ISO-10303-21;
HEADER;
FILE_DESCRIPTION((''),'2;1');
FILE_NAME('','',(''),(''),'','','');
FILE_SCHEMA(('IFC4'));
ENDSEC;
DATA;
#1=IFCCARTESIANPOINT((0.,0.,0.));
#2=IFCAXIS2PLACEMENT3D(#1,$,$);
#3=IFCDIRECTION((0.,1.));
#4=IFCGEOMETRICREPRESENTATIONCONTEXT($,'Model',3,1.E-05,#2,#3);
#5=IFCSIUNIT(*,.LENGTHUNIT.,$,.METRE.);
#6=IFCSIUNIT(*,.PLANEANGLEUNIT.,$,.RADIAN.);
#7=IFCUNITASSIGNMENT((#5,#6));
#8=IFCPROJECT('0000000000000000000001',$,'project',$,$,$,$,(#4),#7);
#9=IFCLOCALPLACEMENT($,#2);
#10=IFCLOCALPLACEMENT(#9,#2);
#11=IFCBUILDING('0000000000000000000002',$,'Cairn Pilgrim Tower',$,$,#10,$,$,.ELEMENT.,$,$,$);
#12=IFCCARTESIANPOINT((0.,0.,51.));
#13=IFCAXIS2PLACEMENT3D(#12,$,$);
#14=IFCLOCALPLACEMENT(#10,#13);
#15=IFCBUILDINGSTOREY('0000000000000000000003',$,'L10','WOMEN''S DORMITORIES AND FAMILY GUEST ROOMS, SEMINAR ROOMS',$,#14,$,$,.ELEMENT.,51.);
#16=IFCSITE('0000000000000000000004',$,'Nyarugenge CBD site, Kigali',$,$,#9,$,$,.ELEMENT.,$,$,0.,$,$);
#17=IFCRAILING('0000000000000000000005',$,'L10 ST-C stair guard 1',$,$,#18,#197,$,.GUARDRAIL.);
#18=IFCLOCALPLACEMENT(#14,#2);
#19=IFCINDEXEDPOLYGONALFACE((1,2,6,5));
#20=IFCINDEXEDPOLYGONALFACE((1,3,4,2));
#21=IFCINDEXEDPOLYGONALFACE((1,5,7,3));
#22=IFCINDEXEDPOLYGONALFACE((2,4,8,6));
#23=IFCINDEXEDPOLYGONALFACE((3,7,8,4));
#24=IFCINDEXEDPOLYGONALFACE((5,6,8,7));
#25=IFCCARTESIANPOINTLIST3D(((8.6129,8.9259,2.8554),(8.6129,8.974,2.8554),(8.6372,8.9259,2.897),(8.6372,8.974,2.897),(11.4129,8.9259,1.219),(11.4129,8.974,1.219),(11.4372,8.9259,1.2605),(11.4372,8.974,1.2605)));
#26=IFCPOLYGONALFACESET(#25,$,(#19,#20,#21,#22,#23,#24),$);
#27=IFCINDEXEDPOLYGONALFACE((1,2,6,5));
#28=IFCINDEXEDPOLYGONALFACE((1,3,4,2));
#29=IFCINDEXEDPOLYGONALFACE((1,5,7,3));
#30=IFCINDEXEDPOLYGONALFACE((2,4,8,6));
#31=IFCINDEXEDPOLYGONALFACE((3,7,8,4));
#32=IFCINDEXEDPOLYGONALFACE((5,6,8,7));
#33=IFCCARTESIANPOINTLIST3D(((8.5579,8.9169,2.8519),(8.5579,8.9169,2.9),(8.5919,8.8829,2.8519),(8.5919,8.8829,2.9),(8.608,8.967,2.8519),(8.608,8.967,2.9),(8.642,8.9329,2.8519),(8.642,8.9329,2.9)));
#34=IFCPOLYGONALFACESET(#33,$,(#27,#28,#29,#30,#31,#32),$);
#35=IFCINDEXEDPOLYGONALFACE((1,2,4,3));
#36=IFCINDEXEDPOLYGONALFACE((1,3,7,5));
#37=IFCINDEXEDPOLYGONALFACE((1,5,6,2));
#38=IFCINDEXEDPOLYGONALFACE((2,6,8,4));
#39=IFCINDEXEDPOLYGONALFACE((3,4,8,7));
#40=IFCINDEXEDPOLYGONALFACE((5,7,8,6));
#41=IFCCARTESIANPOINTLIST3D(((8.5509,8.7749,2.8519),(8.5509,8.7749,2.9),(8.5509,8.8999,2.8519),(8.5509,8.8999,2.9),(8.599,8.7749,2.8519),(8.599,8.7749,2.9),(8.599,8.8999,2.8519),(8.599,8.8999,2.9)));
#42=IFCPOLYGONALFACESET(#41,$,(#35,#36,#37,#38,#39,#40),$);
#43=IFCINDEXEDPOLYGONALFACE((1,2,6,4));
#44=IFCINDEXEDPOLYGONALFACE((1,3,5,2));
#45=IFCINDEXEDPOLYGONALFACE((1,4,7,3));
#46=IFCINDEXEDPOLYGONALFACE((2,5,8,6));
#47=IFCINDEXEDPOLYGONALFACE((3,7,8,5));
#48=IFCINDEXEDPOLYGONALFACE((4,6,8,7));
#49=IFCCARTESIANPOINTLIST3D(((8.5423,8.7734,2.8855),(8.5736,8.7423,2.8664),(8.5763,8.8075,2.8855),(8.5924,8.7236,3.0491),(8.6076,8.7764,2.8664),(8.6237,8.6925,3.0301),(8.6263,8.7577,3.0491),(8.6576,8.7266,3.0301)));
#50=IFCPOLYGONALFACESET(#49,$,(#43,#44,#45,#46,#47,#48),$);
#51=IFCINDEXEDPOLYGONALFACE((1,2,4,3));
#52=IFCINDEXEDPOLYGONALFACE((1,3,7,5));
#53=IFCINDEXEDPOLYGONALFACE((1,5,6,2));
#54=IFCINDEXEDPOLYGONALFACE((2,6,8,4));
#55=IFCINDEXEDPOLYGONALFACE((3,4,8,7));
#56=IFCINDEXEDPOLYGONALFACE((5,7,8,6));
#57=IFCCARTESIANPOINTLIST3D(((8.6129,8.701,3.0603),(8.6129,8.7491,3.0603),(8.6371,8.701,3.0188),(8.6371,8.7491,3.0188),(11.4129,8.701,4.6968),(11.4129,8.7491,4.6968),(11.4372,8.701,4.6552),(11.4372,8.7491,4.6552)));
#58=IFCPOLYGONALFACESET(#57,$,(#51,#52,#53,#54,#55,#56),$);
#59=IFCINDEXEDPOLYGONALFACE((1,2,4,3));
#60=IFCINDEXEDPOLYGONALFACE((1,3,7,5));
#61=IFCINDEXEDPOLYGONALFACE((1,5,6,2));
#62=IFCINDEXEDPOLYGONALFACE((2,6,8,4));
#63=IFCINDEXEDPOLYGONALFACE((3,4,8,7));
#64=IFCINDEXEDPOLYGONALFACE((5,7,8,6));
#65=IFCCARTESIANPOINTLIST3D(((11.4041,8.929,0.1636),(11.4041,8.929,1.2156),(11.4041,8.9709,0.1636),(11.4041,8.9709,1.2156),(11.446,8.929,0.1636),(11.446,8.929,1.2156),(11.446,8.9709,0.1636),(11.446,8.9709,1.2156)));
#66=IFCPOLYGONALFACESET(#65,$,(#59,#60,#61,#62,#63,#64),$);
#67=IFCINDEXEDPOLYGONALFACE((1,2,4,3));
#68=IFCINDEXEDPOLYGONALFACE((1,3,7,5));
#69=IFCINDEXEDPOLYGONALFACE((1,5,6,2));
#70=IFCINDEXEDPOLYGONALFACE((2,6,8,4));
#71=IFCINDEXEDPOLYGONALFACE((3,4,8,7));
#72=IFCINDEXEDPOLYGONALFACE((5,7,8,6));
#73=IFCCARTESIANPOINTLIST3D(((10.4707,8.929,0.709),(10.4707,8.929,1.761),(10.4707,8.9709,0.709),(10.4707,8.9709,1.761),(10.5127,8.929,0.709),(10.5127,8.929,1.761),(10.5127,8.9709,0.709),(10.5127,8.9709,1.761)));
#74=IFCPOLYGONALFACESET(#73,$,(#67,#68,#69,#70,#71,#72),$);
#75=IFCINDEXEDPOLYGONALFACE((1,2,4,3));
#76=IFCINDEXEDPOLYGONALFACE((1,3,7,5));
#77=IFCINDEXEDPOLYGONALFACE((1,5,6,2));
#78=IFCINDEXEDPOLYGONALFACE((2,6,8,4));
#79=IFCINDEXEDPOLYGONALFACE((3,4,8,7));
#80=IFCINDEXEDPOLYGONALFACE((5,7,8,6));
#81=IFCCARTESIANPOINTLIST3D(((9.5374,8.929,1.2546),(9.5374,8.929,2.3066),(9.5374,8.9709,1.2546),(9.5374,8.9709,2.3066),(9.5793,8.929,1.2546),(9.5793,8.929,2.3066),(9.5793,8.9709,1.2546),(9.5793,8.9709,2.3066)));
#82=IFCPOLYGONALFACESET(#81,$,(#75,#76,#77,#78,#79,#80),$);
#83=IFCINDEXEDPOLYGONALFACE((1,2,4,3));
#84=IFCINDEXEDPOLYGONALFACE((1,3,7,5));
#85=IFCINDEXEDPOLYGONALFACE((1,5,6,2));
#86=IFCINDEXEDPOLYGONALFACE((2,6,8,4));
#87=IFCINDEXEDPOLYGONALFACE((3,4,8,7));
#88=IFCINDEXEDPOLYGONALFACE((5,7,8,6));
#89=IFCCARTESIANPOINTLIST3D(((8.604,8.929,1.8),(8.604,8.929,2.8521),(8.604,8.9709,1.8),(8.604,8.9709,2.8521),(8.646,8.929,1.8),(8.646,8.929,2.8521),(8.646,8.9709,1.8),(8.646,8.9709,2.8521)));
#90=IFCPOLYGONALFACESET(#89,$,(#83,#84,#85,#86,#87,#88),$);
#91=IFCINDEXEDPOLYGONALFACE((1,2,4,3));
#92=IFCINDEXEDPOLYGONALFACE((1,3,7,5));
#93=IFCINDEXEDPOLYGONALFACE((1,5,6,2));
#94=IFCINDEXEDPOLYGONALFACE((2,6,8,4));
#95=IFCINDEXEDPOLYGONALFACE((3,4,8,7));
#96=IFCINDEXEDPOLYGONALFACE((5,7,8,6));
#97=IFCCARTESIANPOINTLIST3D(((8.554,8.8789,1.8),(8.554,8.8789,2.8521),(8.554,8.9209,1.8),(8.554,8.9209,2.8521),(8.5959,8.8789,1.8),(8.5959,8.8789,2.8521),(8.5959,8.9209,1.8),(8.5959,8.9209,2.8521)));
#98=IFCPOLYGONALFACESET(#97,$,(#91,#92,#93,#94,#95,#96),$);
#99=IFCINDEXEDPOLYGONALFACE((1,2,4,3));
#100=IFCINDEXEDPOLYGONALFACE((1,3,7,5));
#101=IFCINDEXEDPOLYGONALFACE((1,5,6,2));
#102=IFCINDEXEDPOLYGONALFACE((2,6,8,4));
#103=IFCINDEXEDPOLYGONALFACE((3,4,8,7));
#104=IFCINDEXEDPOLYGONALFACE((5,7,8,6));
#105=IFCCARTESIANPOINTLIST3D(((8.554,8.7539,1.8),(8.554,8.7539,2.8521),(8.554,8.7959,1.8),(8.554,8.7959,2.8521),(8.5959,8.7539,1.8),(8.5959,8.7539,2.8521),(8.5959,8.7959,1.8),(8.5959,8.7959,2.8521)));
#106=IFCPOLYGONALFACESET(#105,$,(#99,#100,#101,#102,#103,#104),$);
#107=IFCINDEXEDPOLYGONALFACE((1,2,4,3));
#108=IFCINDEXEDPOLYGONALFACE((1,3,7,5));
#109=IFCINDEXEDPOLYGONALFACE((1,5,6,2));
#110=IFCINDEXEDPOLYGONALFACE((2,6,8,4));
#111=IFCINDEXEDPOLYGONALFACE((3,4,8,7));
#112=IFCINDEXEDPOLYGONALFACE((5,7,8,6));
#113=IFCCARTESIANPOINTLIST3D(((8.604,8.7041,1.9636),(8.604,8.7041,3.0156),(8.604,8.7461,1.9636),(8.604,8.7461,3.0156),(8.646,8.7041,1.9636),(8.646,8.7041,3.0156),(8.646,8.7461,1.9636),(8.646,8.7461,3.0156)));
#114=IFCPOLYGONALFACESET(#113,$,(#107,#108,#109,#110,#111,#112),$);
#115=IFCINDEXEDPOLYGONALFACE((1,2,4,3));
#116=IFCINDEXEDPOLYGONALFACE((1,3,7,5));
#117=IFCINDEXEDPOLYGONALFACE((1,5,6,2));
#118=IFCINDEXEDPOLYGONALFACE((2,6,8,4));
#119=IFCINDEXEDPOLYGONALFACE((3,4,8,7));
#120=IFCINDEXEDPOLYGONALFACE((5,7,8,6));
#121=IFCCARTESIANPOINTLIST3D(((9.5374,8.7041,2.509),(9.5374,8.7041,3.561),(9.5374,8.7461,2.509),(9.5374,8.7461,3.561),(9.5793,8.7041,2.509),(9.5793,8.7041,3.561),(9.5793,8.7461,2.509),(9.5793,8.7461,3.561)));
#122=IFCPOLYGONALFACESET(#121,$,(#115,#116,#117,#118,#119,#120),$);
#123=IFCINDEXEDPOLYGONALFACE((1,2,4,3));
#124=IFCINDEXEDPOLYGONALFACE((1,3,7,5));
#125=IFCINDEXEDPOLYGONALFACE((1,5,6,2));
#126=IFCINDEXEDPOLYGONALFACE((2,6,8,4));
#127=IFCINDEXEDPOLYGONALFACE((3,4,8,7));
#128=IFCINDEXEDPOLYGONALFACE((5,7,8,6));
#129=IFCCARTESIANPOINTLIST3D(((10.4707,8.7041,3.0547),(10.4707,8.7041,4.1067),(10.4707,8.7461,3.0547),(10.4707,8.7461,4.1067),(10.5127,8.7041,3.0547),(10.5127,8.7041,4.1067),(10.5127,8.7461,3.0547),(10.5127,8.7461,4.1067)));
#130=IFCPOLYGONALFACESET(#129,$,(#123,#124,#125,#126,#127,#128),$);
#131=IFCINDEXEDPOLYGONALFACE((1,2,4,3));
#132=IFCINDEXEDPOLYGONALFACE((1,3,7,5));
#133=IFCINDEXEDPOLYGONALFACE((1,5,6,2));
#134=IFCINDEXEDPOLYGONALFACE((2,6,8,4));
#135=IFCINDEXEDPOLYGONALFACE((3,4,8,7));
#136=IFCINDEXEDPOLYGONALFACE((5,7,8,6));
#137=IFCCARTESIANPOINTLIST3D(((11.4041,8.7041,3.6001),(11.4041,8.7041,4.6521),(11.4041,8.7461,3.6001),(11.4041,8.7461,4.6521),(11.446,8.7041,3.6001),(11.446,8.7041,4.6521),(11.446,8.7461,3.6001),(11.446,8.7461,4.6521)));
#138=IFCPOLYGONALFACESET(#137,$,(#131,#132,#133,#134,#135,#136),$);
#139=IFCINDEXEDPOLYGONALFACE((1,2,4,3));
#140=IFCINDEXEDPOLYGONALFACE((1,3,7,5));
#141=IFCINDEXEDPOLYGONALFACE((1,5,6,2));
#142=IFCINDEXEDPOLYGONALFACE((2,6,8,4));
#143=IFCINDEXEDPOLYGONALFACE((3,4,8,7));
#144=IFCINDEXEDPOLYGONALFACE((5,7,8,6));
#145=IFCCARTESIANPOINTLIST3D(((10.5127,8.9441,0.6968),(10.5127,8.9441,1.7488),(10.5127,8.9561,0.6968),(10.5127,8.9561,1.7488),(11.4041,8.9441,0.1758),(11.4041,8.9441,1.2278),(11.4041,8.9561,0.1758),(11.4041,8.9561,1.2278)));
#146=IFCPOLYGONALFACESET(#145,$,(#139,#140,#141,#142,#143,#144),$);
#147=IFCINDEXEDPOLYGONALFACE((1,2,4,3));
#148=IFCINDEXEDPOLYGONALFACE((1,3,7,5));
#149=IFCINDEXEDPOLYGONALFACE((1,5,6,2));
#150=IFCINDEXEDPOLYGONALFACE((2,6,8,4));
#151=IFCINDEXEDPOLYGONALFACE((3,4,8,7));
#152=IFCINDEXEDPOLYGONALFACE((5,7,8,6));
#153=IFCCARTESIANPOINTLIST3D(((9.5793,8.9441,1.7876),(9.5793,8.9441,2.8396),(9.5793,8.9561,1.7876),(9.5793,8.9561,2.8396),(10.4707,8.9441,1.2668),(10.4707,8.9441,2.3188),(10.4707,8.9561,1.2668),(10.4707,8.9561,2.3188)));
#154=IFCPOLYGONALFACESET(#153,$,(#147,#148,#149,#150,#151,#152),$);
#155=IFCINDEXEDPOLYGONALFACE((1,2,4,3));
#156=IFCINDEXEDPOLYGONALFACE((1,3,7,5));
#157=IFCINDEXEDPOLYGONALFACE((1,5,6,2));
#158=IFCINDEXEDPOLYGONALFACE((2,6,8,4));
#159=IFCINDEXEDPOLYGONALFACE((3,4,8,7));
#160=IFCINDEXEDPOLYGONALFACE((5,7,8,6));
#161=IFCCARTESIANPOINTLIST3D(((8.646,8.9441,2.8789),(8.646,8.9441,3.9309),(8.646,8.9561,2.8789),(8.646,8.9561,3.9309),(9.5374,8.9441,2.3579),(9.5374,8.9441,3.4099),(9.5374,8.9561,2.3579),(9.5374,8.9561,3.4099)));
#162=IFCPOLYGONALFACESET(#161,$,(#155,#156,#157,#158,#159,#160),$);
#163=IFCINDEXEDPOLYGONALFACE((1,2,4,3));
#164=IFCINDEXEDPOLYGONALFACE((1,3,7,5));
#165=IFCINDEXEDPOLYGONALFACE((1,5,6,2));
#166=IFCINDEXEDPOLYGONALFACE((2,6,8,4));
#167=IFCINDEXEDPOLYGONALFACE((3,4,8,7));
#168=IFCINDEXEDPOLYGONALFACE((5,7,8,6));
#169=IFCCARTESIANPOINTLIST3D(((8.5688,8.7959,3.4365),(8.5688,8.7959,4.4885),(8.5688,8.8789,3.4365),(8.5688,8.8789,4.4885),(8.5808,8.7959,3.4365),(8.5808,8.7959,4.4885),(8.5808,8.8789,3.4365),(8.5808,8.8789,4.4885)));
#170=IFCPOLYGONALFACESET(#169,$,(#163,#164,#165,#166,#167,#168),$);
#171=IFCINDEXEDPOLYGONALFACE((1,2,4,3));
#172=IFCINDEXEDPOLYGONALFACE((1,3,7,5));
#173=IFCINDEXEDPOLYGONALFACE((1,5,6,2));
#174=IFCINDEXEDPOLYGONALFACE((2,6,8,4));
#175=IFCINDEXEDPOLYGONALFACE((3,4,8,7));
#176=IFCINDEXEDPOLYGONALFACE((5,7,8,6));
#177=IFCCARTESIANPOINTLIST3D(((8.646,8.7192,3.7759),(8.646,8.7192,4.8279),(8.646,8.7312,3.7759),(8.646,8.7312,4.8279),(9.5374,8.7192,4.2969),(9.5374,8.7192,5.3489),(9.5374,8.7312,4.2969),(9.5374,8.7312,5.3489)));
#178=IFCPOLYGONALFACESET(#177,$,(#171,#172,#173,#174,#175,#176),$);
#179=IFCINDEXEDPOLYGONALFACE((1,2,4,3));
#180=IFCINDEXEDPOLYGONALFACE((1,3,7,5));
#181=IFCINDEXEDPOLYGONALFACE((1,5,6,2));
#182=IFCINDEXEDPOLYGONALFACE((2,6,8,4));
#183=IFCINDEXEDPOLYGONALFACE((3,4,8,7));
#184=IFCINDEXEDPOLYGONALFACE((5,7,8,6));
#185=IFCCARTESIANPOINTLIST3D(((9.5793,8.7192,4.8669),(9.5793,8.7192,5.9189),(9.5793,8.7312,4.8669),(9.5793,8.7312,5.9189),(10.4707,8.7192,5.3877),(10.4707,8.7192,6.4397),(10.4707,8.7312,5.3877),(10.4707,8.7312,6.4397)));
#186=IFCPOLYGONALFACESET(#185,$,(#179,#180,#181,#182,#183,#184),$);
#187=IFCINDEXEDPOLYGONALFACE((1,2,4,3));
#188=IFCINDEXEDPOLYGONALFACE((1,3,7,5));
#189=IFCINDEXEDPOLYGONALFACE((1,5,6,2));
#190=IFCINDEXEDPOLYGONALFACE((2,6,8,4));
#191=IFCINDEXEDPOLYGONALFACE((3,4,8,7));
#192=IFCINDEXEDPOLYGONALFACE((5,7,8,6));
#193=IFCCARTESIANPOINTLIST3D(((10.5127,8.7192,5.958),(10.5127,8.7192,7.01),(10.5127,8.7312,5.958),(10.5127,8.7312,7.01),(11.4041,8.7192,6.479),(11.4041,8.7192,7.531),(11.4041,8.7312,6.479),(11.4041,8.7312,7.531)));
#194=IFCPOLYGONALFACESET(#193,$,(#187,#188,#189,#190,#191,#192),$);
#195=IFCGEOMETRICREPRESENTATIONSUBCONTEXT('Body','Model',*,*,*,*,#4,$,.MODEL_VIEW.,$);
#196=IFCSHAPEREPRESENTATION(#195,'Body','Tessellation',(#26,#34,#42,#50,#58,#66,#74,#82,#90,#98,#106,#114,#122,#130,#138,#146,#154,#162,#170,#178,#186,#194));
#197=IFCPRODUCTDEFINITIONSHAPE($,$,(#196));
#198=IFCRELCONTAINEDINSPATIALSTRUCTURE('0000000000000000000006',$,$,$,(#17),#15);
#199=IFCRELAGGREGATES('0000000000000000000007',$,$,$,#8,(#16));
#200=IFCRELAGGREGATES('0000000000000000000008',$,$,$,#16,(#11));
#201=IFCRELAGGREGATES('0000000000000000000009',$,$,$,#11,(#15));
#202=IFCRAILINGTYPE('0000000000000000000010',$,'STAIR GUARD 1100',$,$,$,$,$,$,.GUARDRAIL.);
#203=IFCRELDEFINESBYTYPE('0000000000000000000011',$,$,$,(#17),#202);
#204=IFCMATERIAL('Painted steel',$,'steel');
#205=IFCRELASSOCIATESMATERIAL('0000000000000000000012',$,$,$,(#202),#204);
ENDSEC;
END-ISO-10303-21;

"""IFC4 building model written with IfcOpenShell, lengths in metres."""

from ifc_helpers import new_model, si_unit, direction, frame, origin, origin_2d, place, context, subcontext, project, spatial, polyline, rectangle, outline, extrude, material, type_object, element, save


model = new_model("IFC4")

# Units and contexts
model_context = context("Model", 3, precision=1e-05, world=origin(), true_north=direction((0.0, 1.0)))
body_context = subcontext(model_context, "Body", "Model", "MODEL_VIEW")
ifc_project = project(units=[si_unit("LENGTHUNIT", "METRE"), si_unit("PLANEANGLEUNIT", "RADIAN")], contexts=[model_context])

# Site, building, storey
site_placement = place(None, origin())
site = spatial("IfcSite", under=ifc_project, at=site_placement, Name="Nyarugenge CBD site, Kigali", CompositionType="ELEMENT", RefElevation=0.0)
building_placement = place(site_placement, origin())
building = spatial("IfcBuilding", under=site, at=building_placement, Name="Cairn Pilgrim Tower", CompositionType="ELEMENT")
storey_placement = place(building_placement, frame((0.0, 0.0, 51.0)))
storey = spatial("IfcBuildingStorey", under=building, at=storey_placement, Name="L10", Description="WOMEN'S DORMITORIES AND FAMILY GUEST ROOMS, SEMINAR ROOMS", CompositionType="ELEMENT", Elevation=51.0)

# Shared definitions
ifc_material_1 = material(Name="Painted steel", Category="steel")

# Railing
railing_type_1 = type_object("IfcRailingType", Name="STAIR GUARD 1100", PredefinedType="GUARDRAIL", material=ifc_material_1)
railing_1_placement = place(storey_placement, frame((11.425, 8.95, 0.1636)))
element("IfcRailing", 1, at=railing_1_placement, inside=storey, type_object=railing_type_1, Name="L10 ST-C stair guard 1", PredefinedType="GUARDRAIL", context=body_context, shape_type="SweptSolid", body=[
    extrude(rectangle(XDim=0.0481, YDim=0.0481, at=origin_2d()), frame((0.0, 0.0, 1.0762), z_axis=(-0.863361, 0.0, 0.504587), x_axis=(0.0, -1.0, 0.0)), (0.0, 0.0, 1.0), 3.2432),
    extrude(rectangle(XDim=0.0481, YDim=0.0481, at=origin_2d()), frame((-2.8, 0.0, 2.7124), z_axis=(-0.707107, -0.707107, 0.0), x_axis=(0.707107, -0.707107, 0.0)), (0.0, 0.0, 1.0), 0.0708),
    extrude(rectangle(XDim=0.0481, YDim=0.0481, at=origin_2d()), frame((-2.8501, -0.05, 2.7124), z_axis=(0.0, -1.0, 0.0), x_axis=(1.0, 0.0, 0.0)), (0.0, 0.0, 1.0), 0.125),
    extrude(rectangle(XDim=0.0481, YDim=0.0481, at=origin_2d()), frame((-2.8501, -0.175, 2.7124), z_axis=(0.280917, -0.279546, 0.918118), x_axis=(0.705376, 0.708834, 0.0)), (0.0, 0.0, 1.0), 0.1782),
    extrude(rectangle(XDim=0.0481, YDim=0.0481, at=origin_2d()), frame((-2.8, -0.2249, 2.876), z_axis=(0.863361, 0.0, 0.504587), x_axis=(0.0, 1.0, 0.0)), (0.0, 0.0, 1.0), 3.2432),
    extrude(rectangle(XDim=0.042, YDim=0.042, at=origin_2d()), origin(), (0.0, 0.0, 1.0), 1.052),
    extrude(rectangle(XDim=0.042, YDim=0.042, at=origin_2d()), frame((-0.9333, 0.0, 0.5454)), (0.0, 0.0, 1.0), 1.052),
    extrude(rectangle(XDim=0.042, YDim=0.042, at=origin_2d()), frame((-1.8667, 0.0, 1.0911)), (0.0, 0.0, 1.0), 1.052),
    extrude(rectangle(XDim=0.042, YDim=0.042, at=origin_2d()), frame((-2.8, 0.0, 1.6365)), (0.0, 0.0, 1.0), 1.052),
    extrude(rectangle(XDim=0.042, YDim=0.042, at=origin_2d()), frame((-2.8501, -0.05, 1.6365)), (0.0, 0.0, 1.0), 1.052),
    extrude(rectangle(XDim=0.042, YDim=0.042, at=origin_2d()), frame((-2.8501, -0.175, 1.6365)), (0.0, 0.0, 1.0), 1.052),
    extrude(rectangle(XDim=0.042, YDim=0.042, at=origin_2d()), frame((-2.8, -0.2249, 1.8)), (0.0, 0.0, 1.0), 1.052),
    extrude(rectangle(XDim=0.042, YDim=0.042, at=origin_2d()), frame((-1.8667, -0.2249, 2.3455)), (0.0, 0.0, 1.0), 1.052),
    extrude(rectangle(XDim=0.042, YDim=0.042, at=origin_2d()), frame((-0.9333, -0.2249, 2.8911)), (0.0, 0.0, 1.0), 1.052),
    extrude(rectangle(XDim=0.042, YDim=0.042, at=origin_2d()), frame((0.0, -0.2249, 3.4365)), (0.0, 0.0, 1.0), 1.052),
    extrude(outline(polyline([(0.021, 0.0122), (0.9124, 0.5332), (0.9124, 1.5852), (0.021, 1.0642), (0.021, 0.0122)])), frame((0.0, -0.0059, 0.0), z_axis=(0.0, 1.0, 0.0), x_axis=(-1.0, 0.0, 0.0)), (0.0, 0.0, 1.0), 0.012),
    extrude(outline(polyline([(0.021, 0.5579), (0.9124, 1.0786), (0.9124, 2.1306), (0.021, 1.6099), (0.021, 0.5579)])), frame((-0.9333, -0.0059, 0.5454), z_axis=(0.0, 1.0, 0.0), x_axis=(-1.0, 0.0, 0.0)), (0.0, 0.0, 1.0), 0.012),
    extrude(outline(polyline([(0.021, 1.1033), (0.9124, 1.6243), (0.9124, 2.6763), (0.021, 2.1553), (0.021, 1.1033)])), frame((-1.8667, -0.0059, 1.0911), z_axis=(0.0, 1.0, 0.0), x_axis=(-1.0, 0.0, 0.0)), (0.0, 0.0, 1.0), 0.012),
    extrude(outline(polyline([(0.021, 1.6365), (0.104, 1.6365), (0.104, 2.6885), (0.021, 2.6885), (0.021, 1.6365)])), frame((-2.8442, -0.05, 1.6365), z_axis=(-1.0, 0.0, 0.0), x_axis=(0.0, -1.0, 0.0)), (0.0, 0.0, 1.0), 0.012),
    extrude(outline(polyline([(0.021, 1.8123), (0.9124, 2.3333), (0.9124, 3.3853), (0.021, 2.8643), (0.021, 1.8123)])), frame((-2.8, -0.2188, 1.8), z_axis=(0.0, -1.0, 0.0), x_axis=(1.0, 0.0, 0.0)), (0.0, 0.0, 1.0), 0.012),
    extrude(outline(polyline([(0.021, 2.3579), (0.9124, 2.8787), (0.9124, 3.9307), (0.021, 3.4099), (0.021, 2.3579)])), frame((-1.8667, -0.2188, 2.3455), z_axis=(0.0, -1.0, 0.0), x_axis=(1.0, 0.0, 0.0)), (0.0, 0.0, 1.0), 0.012),
    extrude(outline(polyline([(0.021, 2.9033), (0.9124, 3.4243), (0.9124, 4.4763), (0.021, 3.9553), (0.021, 2.9033)])), frame((-0.9333, -0.2188, 2.8911), z_axis=(0.0, -1.0, 0.0), x_axis=(1.0, 0.0, 0.0)), (0.0, 0.0, 1.0), 0.012),
])

save(model, "model.ifc")
